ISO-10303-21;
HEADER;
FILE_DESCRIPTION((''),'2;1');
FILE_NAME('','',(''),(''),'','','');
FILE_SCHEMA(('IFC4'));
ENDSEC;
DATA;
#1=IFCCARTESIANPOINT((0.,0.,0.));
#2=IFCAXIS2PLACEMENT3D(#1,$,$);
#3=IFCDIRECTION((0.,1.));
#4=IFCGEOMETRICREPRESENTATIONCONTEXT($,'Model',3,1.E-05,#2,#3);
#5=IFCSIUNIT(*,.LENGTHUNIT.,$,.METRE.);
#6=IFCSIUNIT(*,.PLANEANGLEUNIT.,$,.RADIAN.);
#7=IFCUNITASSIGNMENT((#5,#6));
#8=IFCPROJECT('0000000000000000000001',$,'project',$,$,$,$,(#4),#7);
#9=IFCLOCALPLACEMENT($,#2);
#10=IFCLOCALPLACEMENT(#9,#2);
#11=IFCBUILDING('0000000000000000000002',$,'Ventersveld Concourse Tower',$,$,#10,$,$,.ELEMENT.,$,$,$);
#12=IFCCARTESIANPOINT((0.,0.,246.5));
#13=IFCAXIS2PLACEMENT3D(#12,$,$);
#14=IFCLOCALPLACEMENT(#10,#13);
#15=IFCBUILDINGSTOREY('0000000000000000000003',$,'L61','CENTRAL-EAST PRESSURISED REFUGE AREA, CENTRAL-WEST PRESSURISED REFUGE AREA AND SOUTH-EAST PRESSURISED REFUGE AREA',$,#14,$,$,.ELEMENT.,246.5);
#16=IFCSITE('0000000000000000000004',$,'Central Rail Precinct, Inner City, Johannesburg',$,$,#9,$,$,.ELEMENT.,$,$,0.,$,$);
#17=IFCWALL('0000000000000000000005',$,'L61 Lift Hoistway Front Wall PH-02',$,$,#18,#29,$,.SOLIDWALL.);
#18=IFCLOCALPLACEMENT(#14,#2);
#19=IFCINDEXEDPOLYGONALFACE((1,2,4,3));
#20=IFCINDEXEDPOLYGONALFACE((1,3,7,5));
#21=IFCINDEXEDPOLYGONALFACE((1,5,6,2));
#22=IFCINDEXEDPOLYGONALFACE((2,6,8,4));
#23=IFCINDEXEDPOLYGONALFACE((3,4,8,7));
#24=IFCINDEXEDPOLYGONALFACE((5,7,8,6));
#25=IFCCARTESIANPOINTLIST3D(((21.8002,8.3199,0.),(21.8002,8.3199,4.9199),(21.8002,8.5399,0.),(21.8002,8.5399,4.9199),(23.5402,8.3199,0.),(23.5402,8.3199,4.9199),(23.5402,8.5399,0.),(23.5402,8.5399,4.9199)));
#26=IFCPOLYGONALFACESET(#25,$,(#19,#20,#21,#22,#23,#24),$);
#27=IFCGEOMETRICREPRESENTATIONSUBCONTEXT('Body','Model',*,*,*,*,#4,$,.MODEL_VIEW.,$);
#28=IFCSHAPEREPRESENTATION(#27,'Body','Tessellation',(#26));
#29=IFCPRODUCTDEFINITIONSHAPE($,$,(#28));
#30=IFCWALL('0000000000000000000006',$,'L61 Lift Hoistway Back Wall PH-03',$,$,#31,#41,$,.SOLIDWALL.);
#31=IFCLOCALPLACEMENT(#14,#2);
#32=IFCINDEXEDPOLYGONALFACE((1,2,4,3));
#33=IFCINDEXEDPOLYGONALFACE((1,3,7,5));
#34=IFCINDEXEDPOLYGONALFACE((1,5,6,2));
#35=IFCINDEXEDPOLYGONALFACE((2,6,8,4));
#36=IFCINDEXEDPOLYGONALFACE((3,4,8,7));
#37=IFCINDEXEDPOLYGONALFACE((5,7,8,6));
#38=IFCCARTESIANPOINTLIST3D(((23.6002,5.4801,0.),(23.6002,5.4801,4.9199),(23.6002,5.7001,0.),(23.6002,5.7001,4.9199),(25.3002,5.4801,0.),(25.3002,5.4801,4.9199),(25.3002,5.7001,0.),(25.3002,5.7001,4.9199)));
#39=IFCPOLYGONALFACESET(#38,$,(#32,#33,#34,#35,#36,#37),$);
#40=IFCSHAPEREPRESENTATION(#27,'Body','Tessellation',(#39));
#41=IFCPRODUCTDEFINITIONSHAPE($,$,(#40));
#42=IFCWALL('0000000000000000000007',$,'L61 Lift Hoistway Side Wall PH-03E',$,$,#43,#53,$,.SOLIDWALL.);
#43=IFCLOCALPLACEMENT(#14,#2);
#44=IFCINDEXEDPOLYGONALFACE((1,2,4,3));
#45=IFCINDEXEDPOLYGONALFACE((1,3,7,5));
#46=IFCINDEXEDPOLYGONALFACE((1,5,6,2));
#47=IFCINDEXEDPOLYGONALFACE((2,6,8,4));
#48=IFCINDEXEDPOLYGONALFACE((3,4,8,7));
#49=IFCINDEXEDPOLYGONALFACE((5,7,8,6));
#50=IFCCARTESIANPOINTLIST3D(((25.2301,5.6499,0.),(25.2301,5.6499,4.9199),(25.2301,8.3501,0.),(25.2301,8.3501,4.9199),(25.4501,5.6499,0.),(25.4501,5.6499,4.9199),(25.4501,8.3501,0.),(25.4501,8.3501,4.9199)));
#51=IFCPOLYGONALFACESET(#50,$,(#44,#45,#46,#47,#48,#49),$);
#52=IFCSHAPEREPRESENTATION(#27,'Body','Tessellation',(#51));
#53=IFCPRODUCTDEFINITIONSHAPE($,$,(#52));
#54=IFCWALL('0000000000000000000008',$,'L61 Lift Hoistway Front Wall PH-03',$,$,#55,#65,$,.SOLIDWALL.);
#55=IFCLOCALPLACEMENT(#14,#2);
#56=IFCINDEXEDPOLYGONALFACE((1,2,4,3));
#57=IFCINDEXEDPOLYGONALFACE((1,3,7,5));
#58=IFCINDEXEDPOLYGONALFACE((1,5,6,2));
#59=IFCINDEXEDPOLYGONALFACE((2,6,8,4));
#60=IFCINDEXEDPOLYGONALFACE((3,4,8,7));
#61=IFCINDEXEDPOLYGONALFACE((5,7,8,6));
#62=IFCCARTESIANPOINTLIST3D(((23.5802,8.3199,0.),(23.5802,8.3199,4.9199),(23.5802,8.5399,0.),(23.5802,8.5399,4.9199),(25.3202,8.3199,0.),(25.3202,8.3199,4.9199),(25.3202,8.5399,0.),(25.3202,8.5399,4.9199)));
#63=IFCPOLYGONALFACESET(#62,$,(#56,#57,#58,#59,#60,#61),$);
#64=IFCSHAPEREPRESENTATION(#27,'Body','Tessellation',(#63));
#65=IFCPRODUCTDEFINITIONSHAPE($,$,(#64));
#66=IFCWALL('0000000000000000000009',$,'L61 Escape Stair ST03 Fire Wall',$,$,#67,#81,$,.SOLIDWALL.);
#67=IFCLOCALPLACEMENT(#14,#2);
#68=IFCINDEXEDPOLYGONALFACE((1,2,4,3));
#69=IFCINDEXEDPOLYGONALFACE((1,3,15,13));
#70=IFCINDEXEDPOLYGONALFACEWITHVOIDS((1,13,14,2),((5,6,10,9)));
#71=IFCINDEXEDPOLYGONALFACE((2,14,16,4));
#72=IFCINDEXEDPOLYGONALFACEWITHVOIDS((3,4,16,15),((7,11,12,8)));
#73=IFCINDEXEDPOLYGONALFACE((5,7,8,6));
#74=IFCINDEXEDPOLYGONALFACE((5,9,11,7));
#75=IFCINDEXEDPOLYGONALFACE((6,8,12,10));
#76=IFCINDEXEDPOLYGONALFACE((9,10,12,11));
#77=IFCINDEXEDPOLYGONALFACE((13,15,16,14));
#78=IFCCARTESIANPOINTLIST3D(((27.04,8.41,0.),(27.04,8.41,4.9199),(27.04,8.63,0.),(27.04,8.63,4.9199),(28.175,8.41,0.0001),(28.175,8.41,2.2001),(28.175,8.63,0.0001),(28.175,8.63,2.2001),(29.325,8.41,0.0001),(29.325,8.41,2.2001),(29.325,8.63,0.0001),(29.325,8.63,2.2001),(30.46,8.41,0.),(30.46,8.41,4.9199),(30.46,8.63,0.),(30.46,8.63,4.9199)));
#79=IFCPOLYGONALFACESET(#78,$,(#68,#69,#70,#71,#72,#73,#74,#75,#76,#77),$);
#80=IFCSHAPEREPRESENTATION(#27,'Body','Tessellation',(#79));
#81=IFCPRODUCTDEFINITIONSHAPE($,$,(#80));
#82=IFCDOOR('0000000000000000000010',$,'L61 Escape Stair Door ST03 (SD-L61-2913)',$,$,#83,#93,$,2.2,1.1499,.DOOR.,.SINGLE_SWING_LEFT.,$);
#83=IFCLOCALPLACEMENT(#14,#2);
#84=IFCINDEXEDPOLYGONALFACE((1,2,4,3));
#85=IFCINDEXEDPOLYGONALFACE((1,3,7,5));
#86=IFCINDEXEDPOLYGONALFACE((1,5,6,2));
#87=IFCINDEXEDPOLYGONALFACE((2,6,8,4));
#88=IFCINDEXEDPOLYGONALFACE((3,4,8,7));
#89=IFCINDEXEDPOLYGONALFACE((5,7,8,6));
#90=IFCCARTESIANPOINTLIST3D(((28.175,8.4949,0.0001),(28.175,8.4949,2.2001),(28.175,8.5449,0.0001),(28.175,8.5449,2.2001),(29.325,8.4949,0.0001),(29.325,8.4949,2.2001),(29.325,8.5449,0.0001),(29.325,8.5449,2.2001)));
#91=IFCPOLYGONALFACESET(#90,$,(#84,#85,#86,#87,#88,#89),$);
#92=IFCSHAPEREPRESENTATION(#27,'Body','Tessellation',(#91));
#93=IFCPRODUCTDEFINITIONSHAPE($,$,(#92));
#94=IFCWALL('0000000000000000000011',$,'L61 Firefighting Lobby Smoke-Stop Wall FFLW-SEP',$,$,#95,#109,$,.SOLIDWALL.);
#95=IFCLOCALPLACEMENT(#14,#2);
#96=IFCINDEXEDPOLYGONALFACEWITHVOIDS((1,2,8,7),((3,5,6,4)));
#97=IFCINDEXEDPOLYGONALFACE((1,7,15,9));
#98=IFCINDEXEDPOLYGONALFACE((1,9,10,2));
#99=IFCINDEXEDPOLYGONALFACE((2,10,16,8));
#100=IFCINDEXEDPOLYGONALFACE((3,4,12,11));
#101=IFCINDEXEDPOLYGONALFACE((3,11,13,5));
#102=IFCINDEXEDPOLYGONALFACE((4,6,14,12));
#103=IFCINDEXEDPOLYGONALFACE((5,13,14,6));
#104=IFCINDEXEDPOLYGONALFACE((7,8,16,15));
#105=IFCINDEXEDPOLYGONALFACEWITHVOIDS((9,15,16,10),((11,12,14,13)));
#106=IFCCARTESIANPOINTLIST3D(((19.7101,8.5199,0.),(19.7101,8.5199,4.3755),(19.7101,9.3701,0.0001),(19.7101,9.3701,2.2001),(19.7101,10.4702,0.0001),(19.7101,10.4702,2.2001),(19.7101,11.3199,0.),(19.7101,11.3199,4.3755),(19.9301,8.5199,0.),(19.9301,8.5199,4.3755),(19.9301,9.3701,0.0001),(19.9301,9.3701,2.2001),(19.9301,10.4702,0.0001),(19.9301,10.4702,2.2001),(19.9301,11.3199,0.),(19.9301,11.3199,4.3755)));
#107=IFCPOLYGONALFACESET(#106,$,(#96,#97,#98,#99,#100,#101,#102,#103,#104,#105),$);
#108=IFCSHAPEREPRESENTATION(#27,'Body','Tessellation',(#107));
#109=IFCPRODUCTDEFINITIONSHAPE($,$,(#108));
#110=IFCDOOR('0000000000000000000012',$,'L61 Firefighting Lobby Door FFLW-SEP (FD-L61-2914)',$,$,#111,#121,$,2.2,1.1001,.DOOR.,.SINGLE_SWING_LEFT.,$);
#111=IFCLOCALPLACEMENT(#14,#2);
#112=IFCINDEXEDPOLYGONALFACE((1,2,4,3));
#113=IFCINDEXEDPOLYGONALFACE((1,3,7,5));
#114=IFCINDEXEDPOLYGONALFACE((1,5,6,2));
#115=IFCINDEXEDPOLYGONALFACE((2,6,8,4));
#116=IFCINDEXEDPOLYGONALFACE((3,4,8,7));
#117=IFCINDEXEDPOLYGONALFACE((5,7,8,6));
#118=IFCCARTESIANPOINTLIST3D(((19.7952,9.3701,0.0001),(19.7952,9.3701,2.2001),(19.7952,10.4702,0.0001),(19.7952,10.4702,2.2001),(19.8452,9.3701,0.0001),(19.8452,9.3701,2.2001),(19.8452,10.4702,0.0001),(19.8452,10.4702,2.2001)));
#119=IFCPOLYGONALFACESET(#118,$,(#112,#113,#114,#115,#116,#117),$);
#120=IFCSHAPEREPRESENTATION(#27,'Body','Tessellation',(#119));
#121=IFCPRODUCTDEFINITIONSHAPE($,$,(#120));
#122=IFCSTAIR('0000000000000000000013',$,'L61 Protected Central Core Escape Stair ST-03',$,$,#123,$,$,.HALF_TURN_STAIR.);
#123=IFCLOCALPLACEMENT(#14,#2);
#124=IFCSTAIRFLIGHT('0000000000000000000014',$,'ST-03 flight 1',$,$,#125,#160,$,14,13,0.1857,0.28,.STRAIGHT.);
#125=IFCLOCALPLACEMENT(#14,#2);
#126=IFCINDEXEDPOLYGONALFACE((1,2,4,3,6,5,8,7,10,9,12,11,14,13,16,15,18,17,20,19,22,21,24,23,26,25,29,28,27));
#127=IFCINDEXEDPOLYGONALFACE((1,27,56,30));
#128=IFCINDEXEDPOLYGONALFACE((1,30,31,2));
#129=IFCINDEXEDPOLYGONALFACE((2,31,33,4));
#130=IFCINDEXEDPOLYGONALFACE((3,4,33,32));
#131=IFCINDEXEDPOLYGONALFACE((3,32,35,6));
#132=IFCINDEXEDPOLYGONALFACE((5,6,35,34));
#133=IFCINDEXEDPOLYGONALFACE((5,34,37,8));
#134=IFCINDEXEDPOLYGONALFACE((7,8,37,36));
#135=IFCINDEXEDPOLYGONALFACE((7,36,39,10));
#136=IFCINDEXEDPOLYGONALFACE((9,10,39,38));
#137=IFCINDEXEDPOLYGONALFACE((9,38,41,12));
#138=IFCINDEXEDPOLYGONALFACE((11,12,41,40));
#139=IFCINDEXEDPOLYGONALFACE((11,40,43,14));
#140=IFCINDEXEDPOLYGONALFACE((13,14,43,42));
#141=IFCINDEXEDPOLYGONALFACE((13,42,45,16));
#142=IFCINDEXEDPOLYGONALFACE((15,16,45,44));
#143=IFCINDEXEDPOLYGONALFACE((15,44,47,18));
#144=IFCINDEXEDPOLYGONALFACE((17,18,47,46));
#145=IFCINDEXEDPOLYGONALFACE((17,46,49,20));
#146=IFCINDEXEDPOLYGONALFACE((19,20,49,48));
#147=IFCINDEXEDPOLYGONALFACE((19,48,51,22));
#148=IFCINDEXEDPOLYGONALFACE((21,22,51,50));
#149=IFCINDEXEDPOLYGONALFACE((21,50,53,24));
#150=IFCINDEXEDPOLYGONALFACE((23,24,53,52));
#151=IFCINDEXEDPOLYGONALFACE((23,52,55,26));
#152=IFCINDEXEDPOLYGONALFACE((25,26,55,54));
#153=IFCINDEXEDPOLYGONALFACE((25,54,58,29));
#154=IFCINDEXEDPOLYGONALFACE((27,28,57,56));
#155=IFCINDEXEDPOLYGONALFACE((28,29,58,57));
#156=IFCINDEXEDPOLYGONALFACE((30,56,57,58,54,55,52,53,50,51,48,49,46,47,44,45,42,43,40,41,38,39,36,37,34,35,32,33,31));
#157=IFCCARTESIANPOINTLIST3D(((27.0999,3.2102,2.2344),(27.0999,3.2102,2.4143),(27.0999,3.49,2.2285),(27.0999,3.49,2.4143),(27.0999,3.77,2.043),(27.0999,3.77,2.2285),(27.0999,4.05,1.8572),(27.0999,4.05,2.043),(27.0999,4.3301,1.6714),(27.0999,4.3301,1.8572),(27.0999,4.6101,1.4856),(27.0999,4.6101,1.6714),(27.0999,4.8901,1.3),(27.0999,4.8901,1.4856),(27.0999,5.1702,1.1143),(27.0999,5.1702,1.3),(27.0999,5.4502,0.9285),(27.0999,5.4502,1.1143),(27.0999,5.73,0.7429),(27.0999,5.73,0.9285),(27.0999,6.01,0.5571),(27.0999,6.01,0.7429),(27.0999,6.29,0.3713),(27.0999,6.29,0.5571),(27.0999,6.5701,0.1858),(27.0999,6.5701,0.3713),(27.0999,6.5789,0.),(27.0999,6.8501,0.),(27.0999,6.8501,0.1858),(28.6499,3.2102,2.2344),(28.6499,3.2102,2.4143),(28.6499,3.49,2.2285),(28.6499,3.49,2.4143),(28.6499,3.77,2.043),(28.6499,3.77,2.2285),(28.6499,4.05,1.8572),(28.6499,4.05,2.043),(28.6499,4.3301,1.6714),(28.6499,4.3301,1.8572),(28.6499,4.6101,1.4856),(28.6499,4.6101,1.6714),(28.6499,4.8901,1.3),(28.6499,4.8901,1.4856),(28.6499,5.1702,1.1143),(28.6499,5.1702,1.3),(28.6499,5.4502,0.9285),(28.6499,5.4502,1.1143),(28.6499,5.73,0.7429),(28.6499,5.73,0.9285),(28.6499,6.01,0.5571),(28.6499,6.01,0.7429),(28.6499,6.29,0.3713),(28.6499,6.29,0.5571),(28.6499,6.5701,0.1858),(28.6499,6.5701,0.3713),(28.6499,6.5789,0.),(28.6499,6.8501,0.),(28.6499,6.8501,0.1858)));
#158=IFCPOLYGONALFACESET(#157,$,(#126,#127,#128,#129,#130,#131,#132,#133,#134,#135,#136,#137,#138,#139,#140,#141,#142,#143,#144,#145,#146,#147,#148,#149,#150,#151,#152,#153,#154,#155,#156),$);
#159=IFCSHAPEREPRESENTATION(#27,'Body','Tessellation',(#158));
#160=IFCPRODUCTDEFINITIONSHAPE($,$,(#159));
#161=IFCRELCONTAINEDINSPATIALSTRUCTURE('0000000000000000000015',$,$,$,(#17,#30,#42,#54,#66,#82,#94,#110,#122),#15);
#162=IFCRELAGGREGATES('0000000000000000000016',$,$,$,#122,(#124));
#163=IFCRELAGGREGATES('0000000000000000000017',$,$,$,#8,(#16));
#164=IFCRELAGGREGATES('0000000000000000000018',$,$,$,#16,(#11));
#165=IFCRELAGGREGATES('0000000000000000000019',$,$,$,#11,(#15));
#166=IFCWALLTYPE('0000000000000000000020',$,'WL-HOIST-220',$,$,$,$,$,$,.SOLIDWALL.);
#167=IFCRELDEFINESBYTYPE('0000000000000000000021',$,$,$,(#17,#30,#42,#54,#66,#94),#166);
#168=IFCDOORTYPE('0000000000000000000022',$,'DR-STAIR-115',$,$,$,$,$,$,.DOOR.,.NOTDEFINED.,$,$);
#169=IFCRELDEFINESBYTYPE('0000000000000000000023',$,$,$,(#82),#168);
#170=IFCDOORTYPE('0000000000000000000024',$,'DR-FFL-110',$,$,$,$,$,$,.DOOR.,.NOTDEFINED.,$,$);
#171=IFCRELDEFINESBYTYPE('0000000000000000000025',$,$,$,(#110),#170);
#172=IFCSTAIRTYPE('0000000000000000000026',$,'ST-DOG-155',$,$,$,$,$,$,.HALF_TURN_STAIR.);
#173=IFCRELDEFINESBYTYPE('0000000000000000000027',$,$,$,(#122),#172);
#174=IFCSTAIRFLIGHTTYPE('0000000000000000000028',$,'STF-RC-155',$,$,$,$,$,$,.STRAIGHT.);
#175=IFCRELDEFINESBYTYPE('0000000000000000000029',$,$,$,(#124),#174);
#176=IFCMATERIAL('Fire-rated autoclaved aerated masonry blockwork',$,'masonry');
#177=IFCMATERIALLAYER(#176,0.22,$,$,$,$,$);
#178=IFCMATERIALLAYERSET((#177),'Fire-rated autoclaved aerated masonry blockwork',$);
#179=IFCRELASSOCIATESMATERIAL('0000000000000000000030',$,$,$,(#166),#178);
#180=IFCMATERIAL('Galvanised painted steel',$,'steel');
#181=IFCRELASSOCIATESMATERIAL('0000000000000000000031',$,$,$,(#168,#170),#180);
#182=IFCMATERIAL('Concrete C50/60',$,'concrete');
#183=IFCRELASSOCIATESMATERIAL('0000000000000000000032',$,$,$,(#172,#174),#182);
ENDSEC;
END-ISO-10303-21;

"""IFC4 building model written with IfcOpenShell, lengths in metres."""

from ifc_helpers import new_model, si_unit, direction, frame, frame_2d, origin, place, context, subcontext, project, spatial, polyline, rectangle, outline, extrude, material, layer, layer_set, type_object, element, fill, aggregate, save


model = new_model("IFC4")

# Units and contexts
model_context = context("Model", 3, precision=1e-05, world=origin(), true_north=direction((0.0, 1.0)))
body_context = subcontext(model_context, "Body", "Model", "MODEL_VIEW")
ifc_project = project(units=[si_unit("LENGTHUNIT", "METRE"), si_unit("PLANEANGLEUNIT", "RADIAN")], contexts=[model_context])

# Site, building, storey
site_placement = place(None, origin())
site = spatial("IfcSite", under=ifc_project, at=site_placement, Name="Central Rail Precinct, Inner City, Johannesburg", CompositionType="ELEMENT", RefElevation=0.0)
building_placement = place(site_placement, origin())
building = spatial("IfcBuilding", under=site, at=building_placement, Name="Ventersveld Concourse Tower", CompositionType="ELEMENT")
storey_placement = place(building_placement, frame((0.0, 0.0, 246.5)))
storey = spatial("IfcBuildingStorey", under=building, at=storey_placement, Name="L61", Description="CENTRAL-EAST PRESSURISED REFUGE AREA, CENTRAL-WEST PRESSURISED REFUGE AREA AND SOUTH-EAST PRESSURISED REFUGE AREA", CompositionType="ELEMENT", Elevation=246.5)

# Shared definitions
ifc_material_1 = material(Name="Concrete C50/60", Category="concrete")

# Shared definitions
ifc_material_2 = material(Name="Fire-rated autoclaved aerated masonry blockwork", Category="masonry")
ifc_material_3 = material(Name="Galvanised painted steel", Category="steel")

# Walls
ifc_layer_1 = layer(ifc_material_2, 0.22)
ifc_layer_set_1 = layer_set([ifc_layer_1], Name="Fire-rated autoclaved aerated masonry blockwork")
wall_type_1 = type_object("IfcWallType", Name="WL-HOIST-220", PredefinedType="SOLIDWALL", material=ifc_layer_set_1)
wall_1_placement = place(storey_placement, frame((21.8, 8.4299, 0.0), z_axis=(0.0, 0.0, 1.0), x_axis=(1.0, 0.0, 0.0)))
element("IfcWall", 1, at=wall_1_placement, inside=storey, type_object=wall_type_1, Name="L61 Lift Hoistway Front Wall PH-02", PredefinedType="SOLIDWALL", context=body_context, shape_type="SweptSolid", body=[
    extrude(rectangle(XDim=1.74, YDim=0.22, at=frame_2d((0.8701, 0.0))), origin(), (0.0, 0.0, 1.0), 4.9199),
])
wall_2_placement = place(storey_placement, frame((23.6001, 5.5901, 0.0), z_axis=(0.0, 0.0, 1.0), x_axis=(1.0, 0.0, 0.0)))
element("IfcWall", 2, at=wall_2_placement, inside=storey, type_object=wall_type_1, Name="L61 Lift Hoistway Back Wall PH-03", PredefinedType="SOLIDWALL", context=body_context, shape_type="SweptSolid", body=[
    extrude(rectangle(XDim=1.7, YDim=0.22, at=frame_2d((0.8501, 0.0))), origin(), (0.0, 0.0, 1.0), 4.9199),
])
wall_3_placement = place(storey_placement, frame((25.3401, 5.6499, 0.0), z_axis=(0.0, 0.0, 1.0), x_axis=(0.0, 1.0, 0.0)))
element("IfcWall", 3, at=wall_3_placement, inside=storey, type_object=wall_type_1, Name="L61 Lift Hoistway Side Wall PH-03E", PredefinedType="SOLIDWALL", context=body_context, shape_type="SweptSolid", body=[
    extrude(rectangle(XDim=2.7002, YDim=0.22, at=frame_2d((1.3501, 0.0))), origin(), (0.0, 0.0, 1.0), 4.9199),
])
wall_4_placement = place(storey_placement, frame((23.5801, 8.4299, 0.0), z_axis=(0.0, 0.0, 1.0), x_axis=(1.0, 0.0, 0.0)))
element("IfcWall", 4, at=wall_4_placement, inside=storey, type_object=wall_type_1, Name="L61 Lift Hoistway Front Wall PH-03", PredefinedType="SOLIDWALL", context=body_context, shape_type="SweptSolid", body=[
    extrude(rectangle(XDim=1.74, YDim=0.22, at=frame_2d((0.8701, 0.0))), origin(), (0.0, 0.0, 1.0), 4.9199),
])

# Walls, openings, doors
wall_5_placement = place(storey_placement, frame((27.04, 8.52, 0.0), z_axis=(0.0, 0.0, 1.0), x_axis=(1.0, 0.0, 0.0)))
wall_5 = element("IfcWall", 5, at=wall_5_placement, inside=storey, type_object=wall_type_1, Name="L61 Escape Stair ST03 Fire Wall", PredefinedType="SOLIDWALL", context=body_context, shape_type="SweptSolid", body=[
    extrude(rectangle(XDim=3.4199, YDim=0.22, at=frame_2d((1.71, 0.0))), origin(), (0.0, 0.0, 1.0), 4.9199),
])
opening_1_placement = place(wall_5_placement, frame((1.135, 0.0, 0.0)))
opening_1 = element("IfcOpeningElement", 6, at=opening_1_placement, cuts=wall_5, PredefinedType="OPENING", context=body_context, shape_type="SweptSolid", body=[
    extrude(rectangle(XDim=1.1499, YDim=2.2, at=frame_2d((0.575, 1.1001))), frame((0.0, 0.1201, 0.0), z_axis=(0.0, -1.0, 0.0), x_axis=(1.0, 0.0, 0.0)), (0.0, 0.0, 1.0), 0.24),
])
door_type_1 = type_object("IfcDoorType", Name="DR-STAIR-115", OperationType="NOTDEFINED", PredefinedType="DOOR", material=ifc_material_3)
door_1_placement = place(opening_1_placement, origin())
door_1 = element("IfcDoor", 7, at=door_1_placement, inside=storey, type_object=door_type_1, Name="L61 Escape Stair Door ST03 (SD-L61-2913)", OperationType="SINGLE_SWING_LEFT", OverallHeight=2.2, OverallWidth=1.1499, PredefinedType="DOOR", context=body_context, shape_type="SweptSolid", body=[
    extrude(rectangle(XDim=1.1499, YDim=2.2, at=frame_2d((0.575, 1.1001))), frame((0.0, 0.0249, 0.0), z_axis=(0.0, -1.0, 0.0), x_axis=(1.0, 0.0, 0.0)), (0.0, 0.0, 1.0), 0.05),
])
fill(opening_1, door_1)
wall_6_placement = place(storey_placement, frame((19.8201, 8.52, 0.0), z_axis=(0.0, 0.0, 1.0), x_axis=(0.0, 1.0, 0.0)))
wall_6 = element("IfcWall", 8, at=wall_6_placement, inside=storey, type_object=wall_type_1, Name="L61 Firefighting Lobby Smoke-Stop Wall FFLW-SEP", PredefinedType="SOLIDWALL", context=body_context, shape_type="SweptSolid", body=[
    extrude(rectangle(XDim=2.8, YDim=0.22, at=frame_2d((1.3999, 0.0))), origin(), (0.0, 0.0, 1.0), 4.3755),
])
opening_2_placement = place(wall_6_placement, frame((0.8501, 0.0, 0.0)))
opening_2 = element("IfcOpeningElement", 9, at=opening_2_placement, cuts=wall_6, PredefinedType="OPENING", context=body_context, shape_type="SweptSolid", body=[
    extrude(rectangle(XDim=1.1001, YDim=2.2, at=frame_2d((0.55, 1.1001))), frame((0.0, 0.1201, 0.0), z_axis=(0.0, -1.0, 0.0), x_axis=(1.0, 0.0, 0.0)), (0.0, 0.0, 1.0), 0.24),
])
door_type_2 = type_object("IfcDoorType", Name="DR-FFL-110", OperationType="NOTDEFINED", PredefinedType="DOOR", material=ifc_material_3)
door_2_placement = place(opening_2_placement, origin())
door_2 = element("IfcDoor", 10, at=door_2_placement, inside=storey, type_object=door_type_2, Name="L61 Firefighting Lobby Door FFLW-SEP (FD-L61-2914)", OperationType="SINGLE_SWING_LEFT", OverallHeight=2.2, OverallWidth=1.1001, PredefinedType="DOOR", context=body_context, shape_type="SweptSolid", body=[
    extrude(rectangle(XDim=1.1001, YDim=2.2, at=frame_2d((0.55, 1.1001))), frame((0.0, 0.0249, 0.0), z_axis=(0.0, -1.0, 0.0), x_axis=(1.0, 0.0, 0.0)), (0.0, 0.0, 1.0), 0.05),
])
fill(opening_2, door_2)

# Stair, stair flight
stair_type = type_object("IfcStairType", Name="ST-DOG-155", PredefinedType="HALF_TURN_STAIR", material=ifc_material_1)
stair_placement = place(storey_placement, origin())
stair = element("IfcStair", 11, at=stair_placement, inside=storey, type_object=stair_type, Name="L61 Protected Central Core Escape Stair ST-03", PredefinedType="HALF_TURN_STAIR")
stair_flight_type = type_object("IfcStairFlightType", Name="STF-RC-155", PredefinedType="STRAIGHT", material=ifc_material_1)
stair_flight_placement = place(storey_placement, frame((27.875, 6.8501, 0.0), z_axis=(0.0, 0.0, 1.0), x_axis=(0.0, -1.0, 0.0)))
stair_flight = element("IfcStairFlight", 12, at=stair_flight_placement, type_object=stair_flight_type, Name="ST-03 flight 1", NumberOfRisers=14, NumberOfTreads=13, PredefinedType="STRAIGHT", RiserHeight=0.1857, TreadLength=0.28, context=body_context, shape_type="SweptSolid", body=[
    extrude(outline(polyline([(0.0, 0.0), (0.0, 0.1858), (0.28, 0.1858), (0.28, 0.3713), (0.5601, 0.3713), (0.5601, 0.5571), (0.8401, 0.5571), (0.8401, 0.7429), (1.1201, 0.7429), (1.1201, 0.9285), (1.3999, 0.9285), (1.3999, 1.1143), (1.6799, 1.1143), (1.6799, 1.3), (1.96, 1.3), (1.96, 1.4856), (2.24, 1.4856), (2.24, 1.6714), (2.52, 1.6714), (2.52, 1.8572), (2.8, 1.8572), (2.8, 2.043), (3.0801, 2.043), (3.0801, 2.2285), (3.3601, 2.2285), (3.3601, 2.4143), (3.6399, 2.4143), (3.6399, 2.6001), (3.6399, 2.2344), (0.2712, 0.0), (0.0, 0.0)])), frame((0.0, 0.7749, 0.0), z_axis=(0.0, -1.0, 0.0), x_axis=(1.0, 0.0, 0.0)), (0.0, 0.0, 1.0), 1.55),
])
aggregate(stair, [stair_flight])

save(model, "model.ifc")
